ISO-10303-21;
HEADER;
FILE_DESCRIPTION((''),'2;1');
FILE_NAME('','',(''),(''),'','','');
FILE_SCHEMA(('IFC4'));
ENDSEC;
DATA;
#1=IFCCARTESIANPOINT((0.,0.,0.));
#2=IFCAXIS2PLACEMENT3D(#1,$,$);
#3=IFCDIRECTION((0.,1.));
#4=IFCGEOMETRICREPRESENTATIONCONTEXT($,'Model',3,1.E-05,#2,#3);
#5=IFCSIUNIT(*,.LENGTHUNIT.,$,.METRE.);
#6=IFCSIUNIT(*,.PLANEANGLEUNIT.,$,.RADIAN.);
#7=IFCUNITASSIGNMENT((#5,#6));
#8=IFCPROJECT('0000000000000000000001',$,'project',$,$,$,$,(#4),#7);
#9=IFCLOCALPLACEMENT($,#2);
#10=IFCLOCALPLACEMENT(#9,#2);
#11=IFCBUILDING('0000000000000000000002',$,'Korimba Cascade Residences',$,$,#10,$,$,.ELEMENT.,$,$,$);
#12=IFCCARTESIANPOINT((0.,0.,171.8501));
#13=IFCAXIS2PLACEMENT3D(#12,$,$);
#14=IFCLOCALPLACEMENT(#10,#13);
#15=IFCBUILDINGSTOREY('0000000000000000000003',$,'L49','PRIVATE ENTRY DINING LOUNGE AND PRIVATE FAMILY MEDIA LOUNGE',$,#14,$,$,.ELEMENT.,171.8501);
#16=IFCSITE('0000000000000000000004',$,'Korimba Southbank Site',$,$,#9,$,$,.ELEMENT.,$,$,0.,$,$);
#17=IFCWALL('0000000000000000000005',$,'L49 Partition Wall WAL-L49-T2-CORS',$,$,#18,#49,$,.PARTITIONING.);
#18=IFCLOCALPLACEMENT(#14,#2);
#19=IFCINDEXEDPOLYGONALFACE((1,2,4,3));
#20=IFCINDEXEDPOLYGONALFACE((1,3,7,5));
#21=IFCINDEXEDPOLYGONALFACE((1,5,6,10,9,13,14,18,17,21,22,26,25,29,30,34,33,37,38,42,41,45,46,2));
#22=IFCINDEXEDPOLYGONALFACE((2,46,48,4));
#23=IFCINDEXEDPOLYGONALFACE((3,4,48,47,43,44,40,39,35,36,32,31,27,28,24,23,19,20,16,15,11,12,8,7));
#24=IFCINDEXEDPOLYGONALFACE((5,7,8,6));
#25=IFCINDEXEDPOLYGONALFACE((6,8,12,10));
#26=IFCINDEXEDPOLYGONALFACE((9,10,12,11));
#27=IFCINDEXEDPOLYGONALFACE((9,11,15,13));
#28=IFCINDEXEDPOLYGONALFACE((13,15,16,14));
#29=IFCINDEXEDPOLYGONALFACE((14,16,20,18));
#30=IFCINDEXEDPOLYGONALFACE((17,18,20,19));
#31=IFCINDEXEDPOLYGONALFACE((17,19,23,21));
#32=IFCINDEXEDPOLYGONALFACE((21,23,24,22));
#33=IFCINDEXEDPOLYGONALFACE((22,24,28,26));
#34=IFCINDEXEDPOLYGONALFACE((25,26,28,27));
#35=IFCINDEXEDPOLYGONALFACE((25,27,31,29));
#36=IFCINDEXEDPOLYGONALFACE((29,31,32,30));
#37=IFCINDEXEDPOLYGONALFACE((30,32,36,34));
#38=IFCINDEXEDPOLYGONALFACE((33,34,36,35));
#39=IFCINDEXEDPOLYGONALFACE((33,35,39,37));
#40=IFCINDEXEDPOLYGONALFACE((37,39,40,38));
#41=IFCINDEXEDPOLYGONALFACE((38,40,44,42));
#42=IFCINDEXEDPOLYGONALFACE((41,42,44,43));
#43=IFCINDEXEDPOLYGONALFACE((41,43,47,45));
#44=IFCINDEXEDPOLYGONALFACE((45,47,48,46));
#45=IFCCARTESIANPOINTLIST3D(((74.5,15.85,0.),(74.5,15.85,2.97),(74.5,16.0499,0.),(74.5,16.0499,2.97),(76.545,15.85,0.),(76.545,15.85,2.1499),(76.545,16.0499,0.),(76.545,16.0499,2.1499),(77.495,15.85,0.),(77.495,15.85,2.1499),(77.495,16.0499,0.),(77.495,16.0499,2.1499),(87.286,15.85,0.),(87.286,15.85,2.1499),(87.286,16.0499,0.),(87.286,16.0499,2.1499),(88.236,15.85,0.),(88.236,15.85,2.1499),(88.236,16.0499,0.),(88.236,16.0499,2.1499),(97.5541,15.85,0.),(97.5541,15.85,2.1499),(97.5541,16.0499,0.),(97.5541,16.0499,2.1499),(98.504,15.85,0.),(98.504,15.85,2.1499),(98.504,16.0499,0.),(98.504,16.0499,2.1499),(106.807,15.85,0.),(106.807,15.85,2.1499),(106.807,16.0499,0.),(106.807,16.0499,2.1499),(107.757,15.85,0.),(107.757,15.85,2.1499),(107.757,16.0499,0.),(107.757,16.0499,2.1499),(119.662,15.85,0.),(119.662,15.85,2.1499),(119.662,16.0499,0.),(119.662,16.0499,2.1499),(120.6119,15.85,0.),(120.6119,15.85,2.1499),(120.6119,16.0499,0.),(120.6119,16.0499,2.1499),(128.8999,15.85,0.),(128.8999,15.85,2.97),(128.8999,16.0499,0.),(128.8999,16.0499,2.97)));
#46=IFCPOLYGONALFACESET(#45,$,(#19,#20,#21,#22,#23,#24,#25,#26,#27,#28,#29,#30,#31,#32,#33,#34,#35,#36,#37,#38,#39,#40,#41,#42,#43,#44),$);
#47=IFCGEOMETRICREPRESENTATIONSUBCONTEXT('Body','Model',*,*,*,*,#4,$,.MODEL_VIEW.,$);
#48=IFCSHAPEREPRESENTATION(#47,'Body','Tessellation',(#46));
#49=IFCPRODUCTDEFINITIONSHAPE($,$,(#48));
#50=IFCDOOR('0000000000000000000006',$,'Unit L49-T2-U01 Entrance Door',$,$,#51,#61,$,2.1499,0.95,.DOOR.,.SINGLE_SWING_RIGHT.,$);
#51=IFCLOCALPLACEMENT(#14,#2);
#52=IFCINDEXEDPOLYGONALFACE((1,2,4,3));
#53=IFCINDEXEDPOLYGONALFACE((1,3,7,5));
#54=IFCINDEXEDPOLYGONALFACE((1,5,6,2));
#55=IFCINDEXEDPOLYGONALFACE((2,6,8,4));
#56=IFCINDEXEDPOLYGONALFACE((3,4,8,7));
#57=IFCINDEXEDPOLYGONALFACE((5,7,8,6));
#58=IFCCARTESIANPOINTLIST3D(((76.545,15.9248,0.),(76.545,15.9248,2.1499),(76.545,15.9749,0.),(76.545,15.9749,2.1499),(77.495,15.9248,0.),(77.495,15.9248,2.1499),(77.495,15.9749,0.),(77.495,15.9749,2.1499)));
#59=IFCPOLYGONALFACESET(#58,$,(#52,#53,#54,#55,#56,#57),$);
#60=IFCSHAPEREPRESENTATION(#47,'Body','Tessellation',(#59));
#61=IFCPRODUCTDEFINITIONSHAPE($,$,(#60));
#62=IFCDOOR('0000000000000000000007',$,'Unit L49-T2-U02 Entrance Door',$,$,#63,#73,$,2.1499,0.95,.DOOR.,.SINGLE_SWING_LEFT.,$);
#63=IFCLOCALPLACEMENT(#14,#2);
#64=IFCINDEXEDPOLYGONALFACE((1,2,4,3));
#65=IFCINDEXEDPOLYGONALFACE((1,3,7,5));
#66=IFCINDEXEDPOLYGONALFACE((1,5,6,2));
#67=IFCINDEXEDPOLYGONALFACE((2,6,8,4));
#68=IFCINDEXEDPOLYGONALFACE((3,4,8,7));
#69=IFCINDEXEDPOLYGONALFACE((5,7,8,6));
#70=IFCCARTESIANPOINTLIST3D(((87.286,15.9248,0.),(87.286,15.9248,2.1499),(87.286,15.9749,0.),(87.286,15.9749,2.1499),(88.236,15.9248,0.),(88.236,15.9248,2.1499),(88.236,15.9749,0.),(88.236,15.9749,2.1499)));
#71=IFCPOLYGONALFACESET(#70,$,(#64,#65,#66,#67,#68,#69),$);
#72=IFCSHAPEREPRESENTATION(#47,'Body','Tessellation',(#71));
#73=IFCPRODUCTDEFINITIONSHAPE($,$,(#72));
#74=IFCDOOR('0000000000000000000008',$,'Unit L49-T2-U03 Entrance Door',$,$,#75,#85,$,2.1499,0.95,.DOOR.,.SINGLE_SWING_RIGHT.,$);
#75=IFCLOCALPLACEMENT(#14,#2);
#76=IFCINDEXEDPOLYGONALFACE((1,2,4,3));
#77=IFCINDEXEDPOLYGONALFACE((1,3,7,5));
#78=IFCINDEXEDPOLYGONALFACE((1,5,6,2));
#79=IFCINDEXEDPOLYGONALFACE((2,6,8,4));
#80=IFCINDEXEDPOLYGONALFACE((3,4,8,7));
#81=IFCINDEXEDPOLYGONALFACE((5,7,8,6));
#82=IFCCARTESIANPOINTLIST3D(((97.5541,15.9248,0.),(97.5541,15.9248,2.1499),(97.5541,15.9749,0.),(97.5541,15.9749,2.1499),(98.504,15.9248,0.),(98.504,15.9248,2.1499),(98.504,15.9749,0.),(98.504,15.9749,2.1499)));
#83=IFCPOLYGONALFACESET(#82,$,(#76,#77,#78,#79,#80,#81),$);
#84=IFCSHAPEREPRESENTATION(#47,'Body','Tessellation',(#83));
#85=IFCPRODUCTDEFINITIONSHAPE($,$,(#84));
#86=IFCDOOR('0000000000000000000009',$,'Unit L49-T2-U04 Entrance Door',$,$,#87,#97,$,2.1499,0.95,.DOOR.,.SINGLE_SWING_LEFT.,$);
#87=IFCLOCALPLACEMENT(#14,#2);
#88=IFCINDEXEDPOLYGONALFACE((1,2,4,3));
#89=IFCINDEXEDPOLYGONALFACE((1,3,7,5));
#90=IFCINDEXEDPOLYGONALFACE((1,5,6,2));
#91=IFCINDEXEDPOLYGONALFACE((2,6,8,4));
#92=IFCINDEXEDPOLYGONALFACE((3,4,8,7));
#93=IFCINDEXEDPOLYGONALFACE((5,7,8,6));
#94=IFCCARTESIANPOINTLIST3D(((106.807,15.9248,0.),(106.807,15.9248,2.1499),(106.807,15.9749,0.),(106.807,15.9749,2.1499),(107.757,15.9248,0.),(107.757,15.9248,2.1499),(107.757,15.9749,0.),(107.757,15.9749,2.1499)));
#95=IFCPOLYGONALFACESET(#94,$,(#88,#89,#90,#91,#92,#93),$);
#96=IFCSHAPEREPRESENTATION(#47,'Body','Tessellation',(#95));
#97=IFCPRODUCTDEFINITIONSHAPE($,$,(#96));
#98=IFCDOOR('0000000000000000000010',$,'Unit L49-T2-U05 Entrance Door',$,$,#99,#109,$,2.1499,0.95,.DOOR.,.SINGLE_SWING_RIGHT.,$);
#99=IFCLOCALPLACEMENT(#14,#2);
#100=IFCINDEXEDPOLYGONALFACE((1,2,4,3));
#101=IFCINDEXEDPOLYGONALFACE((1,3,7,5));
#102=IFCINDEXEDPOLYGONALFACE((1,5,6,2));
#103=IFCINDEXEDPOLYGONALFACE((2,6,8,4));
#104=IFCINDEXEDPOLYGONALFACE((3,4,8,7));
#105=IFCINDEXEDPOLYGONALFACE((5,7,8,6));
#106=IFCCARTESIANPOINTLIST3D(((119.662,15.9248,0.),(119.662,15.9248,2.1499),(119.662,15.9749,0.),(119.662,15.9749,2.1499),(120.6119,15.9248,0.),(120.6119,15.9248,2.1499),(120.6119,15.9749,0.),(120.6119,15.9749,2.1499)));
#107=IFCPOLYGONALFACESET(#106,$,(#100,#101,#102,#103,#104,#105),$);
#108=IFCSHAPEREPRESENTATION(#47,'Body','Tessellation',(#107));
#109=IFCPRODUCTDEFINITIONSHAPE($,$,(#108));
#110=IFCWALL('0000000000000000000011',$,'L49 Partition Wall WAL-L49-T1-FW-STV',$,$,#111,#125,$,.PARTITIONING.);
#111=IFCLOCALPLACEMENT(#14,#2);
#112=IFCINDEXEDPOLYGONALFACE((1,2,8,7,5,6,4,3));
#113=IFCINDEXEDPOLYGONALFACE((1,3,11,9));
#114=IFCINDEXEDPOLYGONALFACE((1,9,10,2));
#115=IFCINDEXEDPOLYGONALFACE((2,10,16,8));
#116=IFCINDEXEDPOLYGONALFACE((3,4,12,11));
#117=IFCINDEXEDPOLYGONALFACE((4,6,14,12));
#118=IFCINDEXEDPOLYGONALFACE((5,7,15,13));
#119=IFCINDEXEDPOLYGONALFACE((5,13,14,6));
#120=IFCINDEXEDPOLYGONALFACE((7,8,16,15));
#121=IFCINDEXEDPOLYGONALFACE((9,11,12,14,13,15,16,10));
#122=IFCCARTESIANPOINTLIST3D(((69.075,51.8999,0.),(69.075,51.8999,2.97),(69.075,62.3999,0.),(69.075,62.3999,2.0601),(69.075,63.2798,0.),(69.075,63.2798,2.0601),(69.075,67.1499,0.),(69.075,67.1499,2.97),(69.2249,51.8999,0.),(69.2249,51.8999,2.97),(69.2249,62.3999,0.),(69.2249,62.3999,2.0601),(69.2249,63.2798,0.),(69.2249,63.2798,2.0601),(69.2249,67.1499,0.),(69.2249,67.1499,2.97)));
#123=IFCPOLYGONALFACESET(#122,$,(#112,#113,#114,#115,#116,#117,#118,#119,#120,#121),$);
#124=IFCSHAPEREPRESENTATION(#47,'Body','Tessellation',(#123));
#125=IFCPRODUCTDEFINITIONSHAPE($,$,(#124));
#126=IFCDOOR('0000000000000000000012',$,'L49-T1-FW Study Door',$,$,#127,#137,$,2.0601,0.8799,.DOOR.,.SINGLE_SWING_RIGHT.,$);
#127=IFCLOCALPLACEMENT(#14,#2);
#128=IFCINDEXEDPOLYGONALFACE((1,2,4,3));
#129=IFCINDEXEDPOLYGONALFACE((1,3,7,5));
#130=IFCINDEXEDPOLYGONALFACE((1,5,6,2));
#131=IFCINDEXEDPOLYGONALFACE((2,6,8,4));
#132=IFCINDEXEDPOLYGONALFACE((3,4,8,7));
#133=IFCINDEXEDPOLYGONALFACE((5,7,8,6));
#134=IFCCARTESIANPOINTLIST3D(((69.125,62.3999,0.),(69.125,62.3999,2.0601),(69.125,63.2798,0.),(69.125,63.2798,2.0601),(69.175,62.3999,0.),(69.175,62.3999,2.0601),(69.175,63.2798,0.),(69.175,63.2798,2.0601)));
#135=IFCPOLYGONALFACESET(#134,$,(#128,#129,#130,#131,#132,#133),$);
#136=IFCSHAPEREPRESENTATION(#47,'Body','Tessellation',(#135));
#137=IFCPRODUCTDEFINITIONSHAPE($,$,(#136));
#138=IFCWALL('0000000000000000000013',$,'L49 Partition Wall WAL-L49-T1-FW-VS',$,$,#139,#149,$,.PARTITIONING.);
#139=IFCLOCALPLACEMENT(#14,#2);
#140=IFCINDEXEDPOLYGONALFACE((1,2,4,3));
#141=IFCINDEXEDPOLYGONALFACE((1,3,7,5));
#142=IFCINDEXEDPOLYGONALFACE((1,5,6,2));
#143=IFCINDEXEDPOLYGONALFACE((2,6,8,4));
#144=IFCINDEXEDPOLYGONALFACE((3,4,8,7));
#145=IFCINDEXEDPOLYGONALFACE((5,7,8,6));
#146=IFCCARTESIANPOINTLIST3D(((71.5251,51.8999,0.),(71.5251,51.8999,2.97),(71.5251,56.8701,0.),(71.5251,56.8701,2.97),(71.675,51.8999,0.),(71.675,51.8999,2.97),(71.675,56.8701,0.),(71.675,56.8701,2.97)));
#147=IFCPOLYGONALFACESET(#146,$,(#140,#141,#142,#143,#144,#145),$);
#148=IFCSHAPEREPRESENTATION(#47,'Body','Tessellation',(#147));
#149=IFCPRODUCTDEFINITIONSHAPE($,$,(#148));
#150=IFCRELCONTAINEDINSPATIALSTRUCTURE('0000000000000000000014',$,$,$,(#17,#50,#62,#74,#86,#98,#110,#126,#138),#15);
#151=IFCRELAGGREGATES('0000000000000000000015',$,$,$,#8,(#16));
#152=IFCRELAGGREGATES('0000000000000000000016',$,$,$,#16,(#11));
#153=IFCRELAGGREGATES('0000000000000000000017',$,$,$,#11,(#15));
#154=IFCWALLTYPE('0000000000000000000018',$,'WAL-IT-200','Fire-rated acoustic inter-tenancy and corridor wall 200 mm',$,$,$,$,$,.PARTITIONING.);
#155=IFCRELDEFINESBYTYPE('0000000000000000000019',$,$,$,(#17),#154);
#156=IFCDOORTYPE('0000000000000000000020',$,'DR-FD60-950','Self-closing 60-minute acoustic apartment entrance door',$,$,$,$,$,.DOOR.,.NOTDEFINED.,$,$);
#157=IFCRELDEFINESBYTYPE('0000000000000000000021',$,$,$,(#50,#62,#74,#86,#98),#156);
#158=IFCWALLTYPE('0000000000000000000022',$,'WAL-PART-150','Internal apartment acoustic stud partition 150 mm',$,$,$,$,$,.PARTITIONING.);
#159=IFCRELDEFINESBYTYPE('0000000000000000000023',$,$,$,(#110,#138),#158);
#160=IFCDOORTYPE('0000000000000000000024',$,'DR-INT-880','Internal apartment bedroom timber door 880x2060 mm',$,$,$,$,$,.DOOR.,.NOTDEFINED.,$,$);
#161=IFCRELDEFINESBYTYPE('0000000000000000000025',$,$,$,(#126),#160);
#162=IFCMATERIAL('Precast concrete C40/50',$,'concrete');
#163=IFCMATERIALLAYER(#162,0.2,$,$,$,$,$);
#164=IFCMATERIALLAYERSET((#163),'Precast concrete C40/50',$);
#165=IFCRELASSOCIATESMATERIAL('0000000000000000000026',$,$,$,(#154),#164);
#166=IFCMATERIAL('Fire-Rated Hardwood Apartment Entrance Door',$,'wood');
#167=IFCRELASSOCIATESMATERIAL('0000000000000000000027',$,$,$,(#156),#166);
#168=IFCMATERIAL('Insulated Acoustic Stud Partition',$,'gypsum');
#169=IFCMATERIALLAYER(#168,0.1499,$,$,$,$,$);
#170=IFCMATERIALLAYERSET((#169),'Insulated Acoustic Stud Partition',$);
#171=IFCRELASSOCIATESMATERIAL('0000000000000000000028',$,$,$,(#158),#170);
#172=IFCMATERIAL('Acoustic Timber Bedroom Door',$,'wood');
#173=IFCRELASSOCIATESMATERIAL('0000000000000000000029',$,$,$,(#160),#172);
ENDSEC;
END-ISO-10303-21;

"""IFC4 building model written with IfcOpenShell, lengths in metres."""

from ifc_helpers import new_model, si_unit, direction, frame, frame_2d, origin, place, context, subcontext, project, spatial, rectangle, extrude, material, layer, layer_set, type_object, element, fill, save


model = new_model("IFC4")

# Units and contexts
model_context = context("Model", 3, precision=1e-05, world=origin(), true_north=direction((0.0, 1.0)))
body_context = subcontext(model_context, "Body", "Model", "MODEL_VIEW")
ifc_project = project(units=[si_unit("LENGTHUNIT", "METRE"), si_unit("PLANEANGLEUNIT", "RADIAN")], contexts=[model_context])

# Site, building, storey
site_placement = place(None, origin())
site = spatial("IfcSite", under=ifc_project, at=site_placement, Name="Korimba Southbank Site", CompositionType="ELEMENT", RefElevation=0.0)
building_placement = place(site_placement, origin())
building = spatial("IfcBuilding", under=site, at=building_placement, Name="Korimba Cascade Residences", CompositionType="ELEMENT")
storey_placement = place(building_placement, frame((0.0, 0.0, 171.8501)))
storey = spatial("IfcBuildingStorey", under=building, at=storey_placement, Name="L49", Description="PRIVATE ENTRY DINING LOUNGE AND PRIVATE FAMILY MEDIA LOUNGE", CompositionType="ELEMENT", Elevation=171.8501)

# Shared definitions
ifc_material_1 = material(Name="Precast concrete C40/50", Category="concrete")

# Wall, openings, doors
ifc_layer_1 = layer(ifc_material_1, 0.2)
ifc_layer_set_1 = layer_set([ifc_layer_1], Name="Precast concrete C40/50")
wall_type_1 = type_object("IfcWallType", Name="WAL-IT-200", Description="Fire-rated acoustic inter-tenancy and corridor wall 200 mm", PredefinedType="PARTITIONING", material=ifc_layer_set_1)
wall_1_placement = place(storey_placement, frame((74.5, 15.95, 0.0), z_axis=(0.0, 0.0, 1.0), x_axis=(1.0, 0.0, 0.0)))
wall_1 = element("IfcWall", 1, at=wall_1_placement, inside=storey, type_object=wall_type_1, Name="L49 Partition Wall WAL-L49-T2-CORS", PredefinedType="PARTITIONING", context=body_context, shape_type="SweptSolid", body=[
    extrude(rectangle(XDim=54.3999, YDim=0.2, at=frame_2d((27.2, 0.0))), origin(), (0.0, 0.0, 1.0), 2.97),
])
opening_1_placement = place(wall_1_placement, frame((2.0449, 0.0, 0.0)))
opening_1 = element("IfcOpeningElement", 2, at=opening_1_placement, cuts=wall_1, PredefinedType="OPENING", context=body_context, shape_type="SweptSolid", body=[
    extrude(rectangle(XDim=0.95, YDim=2.1499, at=frame_2d((0.4751, 1.075))), frame((0.0, 0.1099, 0.0), z_axis=(0.0, -1.0, 0.0), x_axis=(1.0, 0.0, 0.0)), (0.0, 0.0, 1.0), 0.22),
])
opening_2_placement = place(wall_1_placement, frame((12.7859, 0.0, 0.0)))
opening_2 = element("IfcOpeningElement", 3, at=opening_2_placement, cuts=wall_1, PredefinedType="OPENING", context=body_context, shape_type="SweptSolid", body=[
    extrude(rectangle(XDim=0.95, YDim=2.1499, at=frame_2d((0.4751, 1.075))), frame((0.0, 0.1099, 0.0), z_axis=(0.0, -1.0, 0.0), x_axis=(1.0, 0.0, 0.0)), (0.0, 0.0, 1.0), 0.22),
])
opening_3_placement = place(wall_1_placement, frame((23.054, 0.0, 0.0)))
opening_3 = element("IfcOpeningElement", 4, at=opening_3_placement, cuts=wall_1, PredefinedType="OPENING", context=body_context, shape_type="SweptSolid", body=[
    extrude(rectangle(XDim=0.95, YDim=2.1499, at=frame_2d((0.4751, 1.075))), frame((0.0, 0.1099, 0.0), z_axis=(0.0, -1.0, 0.0), x_axis=(1.0, 0.0, 0.0)), (0.0, 0.0, 1.0), 0.22),
])
opening_4_placement = place(wall_1_placement, frame((32.3069, 0.0, 0.0)))
opening_4 = element("IfcOpeningElement", 5, at=opening_4_placement, cuts=wall_1, PredefinedType="OPENING", context=body_context, shape_type="SweptSolid", body=[
    extrude(rectangle(XDim=0.95, YDim=2.1499, at=frame_2d((0.4751, 1.075))), frame((0.0, 0.1099, 0.0), z_axis=(0.0, -1.0, 0.0), x_axis=(1.0, 0.0, 0.0)), (0.0, 0.0, 1.0), 0.22),
])
opening_5_placement = place(wall_1_placement, frame((45.1619, 0.0, 0.0)))
opening_5 = element("IfcOpeningElement", 6, at=opening_5_placement, cuts=wall_1, PredefinedType="OPENING", context=body_context, shape_type="SweptSolid", body=[
    extrude(rectangle(XDim=0.95, YDim=2.1499, at=frame_2d((0.4751, 1.075))), frame((0.0, 0.1099, 0.0), z_axis=(0.0, -1.0, 0.0), x_axis=(1.0, 0.0, 0.0)), (0.0, 0.0, 1.0), 0.22),
])
ifc_material_2 = material(Name="Fire-Rated Hardwood Apartment Entrance Door", Category="wood")
door_type_1 = type_object("IfcDoorType", Name="DR-FD60-950", Description="Self-closing 60-minute acoustic apartment entrance door", OperationType="NOTDEFINED", PredefinedType="DOOR", material=ifc_material_2)
door_1_placement = place(opening_1_placement, origin())
door_1 = element("IfcDoor", 7, at=door_1_placement, inside=storey, type_object=door_type_1, Name="Unit L49-T2-U01 Entrance Door", OperationType="SINGLE_SWING_RIGHT", OverallHeight=2.1499, OverallWidth=0.95, PredefinedType="DOOR", context=body_context, shape_type="SweptSolid", body=[
    extrude(rectangle(XDim=0.95, YDim=2.1499, at=frame_2d((0.4751, 1.075))), frame((0.0, 0.0249, 0.0), z_axis=(0.0, -1.0, 0.0), x_axis=(1.0, 0.0, 0.0)), (0.0, 0.0, 1.0), 0.05),
])
fill(opening_1, door_1)
door_2_placement = place(opening_2_placement, origin())
door_2 = element("IfcDoor", 8, at=door_2_placement, inside=storey, type_object=door_type_1, Name="Unit L49-T2-U02 Entrance Door", OperationType="SINGLE_SWING_LEFT", OverallHeight=2.1499, OverallWidth=0.95, PredefinedType="DOOR", context=body_context, shape_type="SweptSolid", body=[
    extrude(rectangle(XDim=0.95, YDim=2.1499, at=frame_2d((0.4751, 1.075))), frame((0.0, 0.0249, 0.0), z_axis=(0.0, -1.0, 0.0), x_axis=(1.0, 0.0, 0.0)), (0.0, 0.0, 1.0), 0.05),
])
fill(opening_2, door_2)
door_3_placement = place(opening_3_placement, origin())
door_3 = element("IfcDoor", 9, at=door_3_placement, inside=storey, type_object=door_type_1, Name="Unit L49-T2-U03 Entrance Door", OperationType="SINGLE_SWING_RIGHT", OverallHeight=2.1499, OverallWidth=0.95, PredefinedType="DOOR", context=body_context, shape_type="SweptSolid", body=[
    extrude(rectangle(XDim=0.95, YDim=2.1499, at=frame_2d((0.4751, 1.075))), frame((0.0, 0.0249, 0.0), z_axis=(0.0, -1.0, 0.0), x_axis=(1.0, 0.0, 0.0)), (0.0, 0.0, 1.0), 0.05),
])
fill(opening_3, door_3)
door_4_placement = place(opening_4_placement, origin())
door_4 = element("IfcDoor", 10, at=door_4_placement, inside=storey, type_object=door_type_1, Name="Unit L49-T2-U04 Entrance Door", OperationType="SINGLE_SWING_LEFT", OverallHeight=2.1499, OverallWidth=0.95, PredefinedType="DOOR", context=body_context, shape_type="SweptSolid", body=[
    extrude(rectangle(XDim=0.95, YDim=2.1499, at=frame_2d((0.4751, 1.075))), frame((0.0, 0.0249, 0.0), z_axis=(0.0, -1.0, 0.0), x_axis=(1.0, 0.0, 0.0)), (0.0, 0.0, 1.0), 0.05),
])
fill(opening_4, door_4)
door_5_placement = place(opening_5_placement, origin())
door_5 = element("IfcDoor", 11, at=door_5_placement, inside=storey, type_object=door_type_1, Name="Unit L49-T2-U05 Entrance Door", OperationType="SINGLE_SWING_RIGHT", OverallHeight=2.1499, OverallWidth=0.95, PredefinedType="DOOR", context=body_context, shape_type="SweptSolid", body=[
    extrude(rectangle(XDim=0.95, YDim=2.1499, at=frame_2d((0.4751, 1.075))), frame((0.0, 0.0249, 0.0), z_axis=(0.0, -1.0, 0.0), x_axis=(1.0, 0.0, 0.0)), (0.0, 0.0, 1.0), 0.05),
])
fill(opening_5, door_5)

# Wall, opening, door
ifc_material_3 = material(Name="Insulated Acoustic Stud Partition", Category="gypsum")
ifc_layer_2 = layer(ifc_material_3, 0.1499)
ifc_layer_set_2 = layer_set([ifc_layer_2], Name="Insulated Acoustic Stud Partition")
wall_type_2 = type_object("IfcWallType", Name="WAL-PART-150", Description="Internal apartment acoustic stud partition 150 mm", PredefinedType="PARTITIONING", material=ifc_layer_set_2)
wall_2_placement = place(storey_placement, frame((69.1499, 51.8999, 0.0), z_axis=(0.0, 0.0, 1.0), x_axis=(0.0, 1.0, 0.0)))
wall_2 = element("IfcWall", 12, at=wall_2_placement, inside=storey, type_object=wall_type_2, Name="L49 Partition Wall WAL-L49-T1-FW-STV", PredefinedType="PARTITIONING", context=body_context, shape_type="SweptSolid", body=[
    extrude(rectangle(XDim=15.25, YDim=0.1499, at=frame_2d((7.625, 0.0))), origin(), (0.0, 0.0, 1.0), 2.97),
])
opening_6_placement = place(wall_2_placement, frame((10.5, 0.0, 0.0)))
opening_6 = element("IfcOpeningElement", 13, at=opening_6_placement, cuts=wall_2, PredefinedType="OPENING", context=body_context, shape_type="SweptSolid", body=[
    extrude(rectangle(XDim=0.8799, YDim=2.0601, at=frame_2d((0.4399, 1.03))), frame((0.0, 0.085, 0.0), z_axis=(0.0, -1.0, 0.0), x_axis=(1.0, 0.0, 0.0)), (0.0, 0.0, 1.0), 0.1699),
])
ifc_material_4 = material(Name="Acoustic Timber Bedroom Door", Category="wood")
door_type_2 = type_object("IfcDoorType", Name="DR-INT-880", Description="Internal apartment bedroom timber door 880x2060 mm", OperationType="NOTDEFINED", PredefinedType="DOOR", material=ifc_material_4)
door_6_placement = place(opening_6_placement, origin())
door_6 = element("IfcDoor", 14, at=door_6_placement, inside=storey, type_object=door_type_2, Name="L49-T1-FW Study Door", OperationType="SINGLE_SWING_RIGHT", OverallHeight=2.0601, OverallWidth=0.8799, PredefinedType="DOOR", context=body_context, shape_type="SweptSolid", body=[
    extrude(rectangle(XDim=0.8799, YDim=2.0601, at=frame_2d((0.4399, 1.03))), frame((0.0, 0.0249, 0.0), z_axis=(0.0, -1.0, 0.0), x_axis=(1.0, 0.0, 0.0)), (0.0, 0.0, 1.0), 0.05),
])
fill(opening_6, door_6)

# Wall
wall_3_placement = place(storey_placement, frame((71.6001, 51.8999, 0.0), z_axis=(0.0, 0.0, 1.0), x_axis=(0.0, 1.0, 0.0)))
element("IfcWall", 15, at=wall_3_placement, inside=storey, type_object=wall_type_2, Name="L49 Partition Wall WAL-L49-T1-FW-VS", PredefinedType="PARTITIONING", context=body_context, shape_type="SweptSolid", body=[
    extrude(rectangle(XDim=4.9702, YDim=0.1499, at=frame_2d((2.4851, 0.0))), origin(), (0.0, 0.0, 1.0), 2.97),
])

save(model, "model.ifc")
